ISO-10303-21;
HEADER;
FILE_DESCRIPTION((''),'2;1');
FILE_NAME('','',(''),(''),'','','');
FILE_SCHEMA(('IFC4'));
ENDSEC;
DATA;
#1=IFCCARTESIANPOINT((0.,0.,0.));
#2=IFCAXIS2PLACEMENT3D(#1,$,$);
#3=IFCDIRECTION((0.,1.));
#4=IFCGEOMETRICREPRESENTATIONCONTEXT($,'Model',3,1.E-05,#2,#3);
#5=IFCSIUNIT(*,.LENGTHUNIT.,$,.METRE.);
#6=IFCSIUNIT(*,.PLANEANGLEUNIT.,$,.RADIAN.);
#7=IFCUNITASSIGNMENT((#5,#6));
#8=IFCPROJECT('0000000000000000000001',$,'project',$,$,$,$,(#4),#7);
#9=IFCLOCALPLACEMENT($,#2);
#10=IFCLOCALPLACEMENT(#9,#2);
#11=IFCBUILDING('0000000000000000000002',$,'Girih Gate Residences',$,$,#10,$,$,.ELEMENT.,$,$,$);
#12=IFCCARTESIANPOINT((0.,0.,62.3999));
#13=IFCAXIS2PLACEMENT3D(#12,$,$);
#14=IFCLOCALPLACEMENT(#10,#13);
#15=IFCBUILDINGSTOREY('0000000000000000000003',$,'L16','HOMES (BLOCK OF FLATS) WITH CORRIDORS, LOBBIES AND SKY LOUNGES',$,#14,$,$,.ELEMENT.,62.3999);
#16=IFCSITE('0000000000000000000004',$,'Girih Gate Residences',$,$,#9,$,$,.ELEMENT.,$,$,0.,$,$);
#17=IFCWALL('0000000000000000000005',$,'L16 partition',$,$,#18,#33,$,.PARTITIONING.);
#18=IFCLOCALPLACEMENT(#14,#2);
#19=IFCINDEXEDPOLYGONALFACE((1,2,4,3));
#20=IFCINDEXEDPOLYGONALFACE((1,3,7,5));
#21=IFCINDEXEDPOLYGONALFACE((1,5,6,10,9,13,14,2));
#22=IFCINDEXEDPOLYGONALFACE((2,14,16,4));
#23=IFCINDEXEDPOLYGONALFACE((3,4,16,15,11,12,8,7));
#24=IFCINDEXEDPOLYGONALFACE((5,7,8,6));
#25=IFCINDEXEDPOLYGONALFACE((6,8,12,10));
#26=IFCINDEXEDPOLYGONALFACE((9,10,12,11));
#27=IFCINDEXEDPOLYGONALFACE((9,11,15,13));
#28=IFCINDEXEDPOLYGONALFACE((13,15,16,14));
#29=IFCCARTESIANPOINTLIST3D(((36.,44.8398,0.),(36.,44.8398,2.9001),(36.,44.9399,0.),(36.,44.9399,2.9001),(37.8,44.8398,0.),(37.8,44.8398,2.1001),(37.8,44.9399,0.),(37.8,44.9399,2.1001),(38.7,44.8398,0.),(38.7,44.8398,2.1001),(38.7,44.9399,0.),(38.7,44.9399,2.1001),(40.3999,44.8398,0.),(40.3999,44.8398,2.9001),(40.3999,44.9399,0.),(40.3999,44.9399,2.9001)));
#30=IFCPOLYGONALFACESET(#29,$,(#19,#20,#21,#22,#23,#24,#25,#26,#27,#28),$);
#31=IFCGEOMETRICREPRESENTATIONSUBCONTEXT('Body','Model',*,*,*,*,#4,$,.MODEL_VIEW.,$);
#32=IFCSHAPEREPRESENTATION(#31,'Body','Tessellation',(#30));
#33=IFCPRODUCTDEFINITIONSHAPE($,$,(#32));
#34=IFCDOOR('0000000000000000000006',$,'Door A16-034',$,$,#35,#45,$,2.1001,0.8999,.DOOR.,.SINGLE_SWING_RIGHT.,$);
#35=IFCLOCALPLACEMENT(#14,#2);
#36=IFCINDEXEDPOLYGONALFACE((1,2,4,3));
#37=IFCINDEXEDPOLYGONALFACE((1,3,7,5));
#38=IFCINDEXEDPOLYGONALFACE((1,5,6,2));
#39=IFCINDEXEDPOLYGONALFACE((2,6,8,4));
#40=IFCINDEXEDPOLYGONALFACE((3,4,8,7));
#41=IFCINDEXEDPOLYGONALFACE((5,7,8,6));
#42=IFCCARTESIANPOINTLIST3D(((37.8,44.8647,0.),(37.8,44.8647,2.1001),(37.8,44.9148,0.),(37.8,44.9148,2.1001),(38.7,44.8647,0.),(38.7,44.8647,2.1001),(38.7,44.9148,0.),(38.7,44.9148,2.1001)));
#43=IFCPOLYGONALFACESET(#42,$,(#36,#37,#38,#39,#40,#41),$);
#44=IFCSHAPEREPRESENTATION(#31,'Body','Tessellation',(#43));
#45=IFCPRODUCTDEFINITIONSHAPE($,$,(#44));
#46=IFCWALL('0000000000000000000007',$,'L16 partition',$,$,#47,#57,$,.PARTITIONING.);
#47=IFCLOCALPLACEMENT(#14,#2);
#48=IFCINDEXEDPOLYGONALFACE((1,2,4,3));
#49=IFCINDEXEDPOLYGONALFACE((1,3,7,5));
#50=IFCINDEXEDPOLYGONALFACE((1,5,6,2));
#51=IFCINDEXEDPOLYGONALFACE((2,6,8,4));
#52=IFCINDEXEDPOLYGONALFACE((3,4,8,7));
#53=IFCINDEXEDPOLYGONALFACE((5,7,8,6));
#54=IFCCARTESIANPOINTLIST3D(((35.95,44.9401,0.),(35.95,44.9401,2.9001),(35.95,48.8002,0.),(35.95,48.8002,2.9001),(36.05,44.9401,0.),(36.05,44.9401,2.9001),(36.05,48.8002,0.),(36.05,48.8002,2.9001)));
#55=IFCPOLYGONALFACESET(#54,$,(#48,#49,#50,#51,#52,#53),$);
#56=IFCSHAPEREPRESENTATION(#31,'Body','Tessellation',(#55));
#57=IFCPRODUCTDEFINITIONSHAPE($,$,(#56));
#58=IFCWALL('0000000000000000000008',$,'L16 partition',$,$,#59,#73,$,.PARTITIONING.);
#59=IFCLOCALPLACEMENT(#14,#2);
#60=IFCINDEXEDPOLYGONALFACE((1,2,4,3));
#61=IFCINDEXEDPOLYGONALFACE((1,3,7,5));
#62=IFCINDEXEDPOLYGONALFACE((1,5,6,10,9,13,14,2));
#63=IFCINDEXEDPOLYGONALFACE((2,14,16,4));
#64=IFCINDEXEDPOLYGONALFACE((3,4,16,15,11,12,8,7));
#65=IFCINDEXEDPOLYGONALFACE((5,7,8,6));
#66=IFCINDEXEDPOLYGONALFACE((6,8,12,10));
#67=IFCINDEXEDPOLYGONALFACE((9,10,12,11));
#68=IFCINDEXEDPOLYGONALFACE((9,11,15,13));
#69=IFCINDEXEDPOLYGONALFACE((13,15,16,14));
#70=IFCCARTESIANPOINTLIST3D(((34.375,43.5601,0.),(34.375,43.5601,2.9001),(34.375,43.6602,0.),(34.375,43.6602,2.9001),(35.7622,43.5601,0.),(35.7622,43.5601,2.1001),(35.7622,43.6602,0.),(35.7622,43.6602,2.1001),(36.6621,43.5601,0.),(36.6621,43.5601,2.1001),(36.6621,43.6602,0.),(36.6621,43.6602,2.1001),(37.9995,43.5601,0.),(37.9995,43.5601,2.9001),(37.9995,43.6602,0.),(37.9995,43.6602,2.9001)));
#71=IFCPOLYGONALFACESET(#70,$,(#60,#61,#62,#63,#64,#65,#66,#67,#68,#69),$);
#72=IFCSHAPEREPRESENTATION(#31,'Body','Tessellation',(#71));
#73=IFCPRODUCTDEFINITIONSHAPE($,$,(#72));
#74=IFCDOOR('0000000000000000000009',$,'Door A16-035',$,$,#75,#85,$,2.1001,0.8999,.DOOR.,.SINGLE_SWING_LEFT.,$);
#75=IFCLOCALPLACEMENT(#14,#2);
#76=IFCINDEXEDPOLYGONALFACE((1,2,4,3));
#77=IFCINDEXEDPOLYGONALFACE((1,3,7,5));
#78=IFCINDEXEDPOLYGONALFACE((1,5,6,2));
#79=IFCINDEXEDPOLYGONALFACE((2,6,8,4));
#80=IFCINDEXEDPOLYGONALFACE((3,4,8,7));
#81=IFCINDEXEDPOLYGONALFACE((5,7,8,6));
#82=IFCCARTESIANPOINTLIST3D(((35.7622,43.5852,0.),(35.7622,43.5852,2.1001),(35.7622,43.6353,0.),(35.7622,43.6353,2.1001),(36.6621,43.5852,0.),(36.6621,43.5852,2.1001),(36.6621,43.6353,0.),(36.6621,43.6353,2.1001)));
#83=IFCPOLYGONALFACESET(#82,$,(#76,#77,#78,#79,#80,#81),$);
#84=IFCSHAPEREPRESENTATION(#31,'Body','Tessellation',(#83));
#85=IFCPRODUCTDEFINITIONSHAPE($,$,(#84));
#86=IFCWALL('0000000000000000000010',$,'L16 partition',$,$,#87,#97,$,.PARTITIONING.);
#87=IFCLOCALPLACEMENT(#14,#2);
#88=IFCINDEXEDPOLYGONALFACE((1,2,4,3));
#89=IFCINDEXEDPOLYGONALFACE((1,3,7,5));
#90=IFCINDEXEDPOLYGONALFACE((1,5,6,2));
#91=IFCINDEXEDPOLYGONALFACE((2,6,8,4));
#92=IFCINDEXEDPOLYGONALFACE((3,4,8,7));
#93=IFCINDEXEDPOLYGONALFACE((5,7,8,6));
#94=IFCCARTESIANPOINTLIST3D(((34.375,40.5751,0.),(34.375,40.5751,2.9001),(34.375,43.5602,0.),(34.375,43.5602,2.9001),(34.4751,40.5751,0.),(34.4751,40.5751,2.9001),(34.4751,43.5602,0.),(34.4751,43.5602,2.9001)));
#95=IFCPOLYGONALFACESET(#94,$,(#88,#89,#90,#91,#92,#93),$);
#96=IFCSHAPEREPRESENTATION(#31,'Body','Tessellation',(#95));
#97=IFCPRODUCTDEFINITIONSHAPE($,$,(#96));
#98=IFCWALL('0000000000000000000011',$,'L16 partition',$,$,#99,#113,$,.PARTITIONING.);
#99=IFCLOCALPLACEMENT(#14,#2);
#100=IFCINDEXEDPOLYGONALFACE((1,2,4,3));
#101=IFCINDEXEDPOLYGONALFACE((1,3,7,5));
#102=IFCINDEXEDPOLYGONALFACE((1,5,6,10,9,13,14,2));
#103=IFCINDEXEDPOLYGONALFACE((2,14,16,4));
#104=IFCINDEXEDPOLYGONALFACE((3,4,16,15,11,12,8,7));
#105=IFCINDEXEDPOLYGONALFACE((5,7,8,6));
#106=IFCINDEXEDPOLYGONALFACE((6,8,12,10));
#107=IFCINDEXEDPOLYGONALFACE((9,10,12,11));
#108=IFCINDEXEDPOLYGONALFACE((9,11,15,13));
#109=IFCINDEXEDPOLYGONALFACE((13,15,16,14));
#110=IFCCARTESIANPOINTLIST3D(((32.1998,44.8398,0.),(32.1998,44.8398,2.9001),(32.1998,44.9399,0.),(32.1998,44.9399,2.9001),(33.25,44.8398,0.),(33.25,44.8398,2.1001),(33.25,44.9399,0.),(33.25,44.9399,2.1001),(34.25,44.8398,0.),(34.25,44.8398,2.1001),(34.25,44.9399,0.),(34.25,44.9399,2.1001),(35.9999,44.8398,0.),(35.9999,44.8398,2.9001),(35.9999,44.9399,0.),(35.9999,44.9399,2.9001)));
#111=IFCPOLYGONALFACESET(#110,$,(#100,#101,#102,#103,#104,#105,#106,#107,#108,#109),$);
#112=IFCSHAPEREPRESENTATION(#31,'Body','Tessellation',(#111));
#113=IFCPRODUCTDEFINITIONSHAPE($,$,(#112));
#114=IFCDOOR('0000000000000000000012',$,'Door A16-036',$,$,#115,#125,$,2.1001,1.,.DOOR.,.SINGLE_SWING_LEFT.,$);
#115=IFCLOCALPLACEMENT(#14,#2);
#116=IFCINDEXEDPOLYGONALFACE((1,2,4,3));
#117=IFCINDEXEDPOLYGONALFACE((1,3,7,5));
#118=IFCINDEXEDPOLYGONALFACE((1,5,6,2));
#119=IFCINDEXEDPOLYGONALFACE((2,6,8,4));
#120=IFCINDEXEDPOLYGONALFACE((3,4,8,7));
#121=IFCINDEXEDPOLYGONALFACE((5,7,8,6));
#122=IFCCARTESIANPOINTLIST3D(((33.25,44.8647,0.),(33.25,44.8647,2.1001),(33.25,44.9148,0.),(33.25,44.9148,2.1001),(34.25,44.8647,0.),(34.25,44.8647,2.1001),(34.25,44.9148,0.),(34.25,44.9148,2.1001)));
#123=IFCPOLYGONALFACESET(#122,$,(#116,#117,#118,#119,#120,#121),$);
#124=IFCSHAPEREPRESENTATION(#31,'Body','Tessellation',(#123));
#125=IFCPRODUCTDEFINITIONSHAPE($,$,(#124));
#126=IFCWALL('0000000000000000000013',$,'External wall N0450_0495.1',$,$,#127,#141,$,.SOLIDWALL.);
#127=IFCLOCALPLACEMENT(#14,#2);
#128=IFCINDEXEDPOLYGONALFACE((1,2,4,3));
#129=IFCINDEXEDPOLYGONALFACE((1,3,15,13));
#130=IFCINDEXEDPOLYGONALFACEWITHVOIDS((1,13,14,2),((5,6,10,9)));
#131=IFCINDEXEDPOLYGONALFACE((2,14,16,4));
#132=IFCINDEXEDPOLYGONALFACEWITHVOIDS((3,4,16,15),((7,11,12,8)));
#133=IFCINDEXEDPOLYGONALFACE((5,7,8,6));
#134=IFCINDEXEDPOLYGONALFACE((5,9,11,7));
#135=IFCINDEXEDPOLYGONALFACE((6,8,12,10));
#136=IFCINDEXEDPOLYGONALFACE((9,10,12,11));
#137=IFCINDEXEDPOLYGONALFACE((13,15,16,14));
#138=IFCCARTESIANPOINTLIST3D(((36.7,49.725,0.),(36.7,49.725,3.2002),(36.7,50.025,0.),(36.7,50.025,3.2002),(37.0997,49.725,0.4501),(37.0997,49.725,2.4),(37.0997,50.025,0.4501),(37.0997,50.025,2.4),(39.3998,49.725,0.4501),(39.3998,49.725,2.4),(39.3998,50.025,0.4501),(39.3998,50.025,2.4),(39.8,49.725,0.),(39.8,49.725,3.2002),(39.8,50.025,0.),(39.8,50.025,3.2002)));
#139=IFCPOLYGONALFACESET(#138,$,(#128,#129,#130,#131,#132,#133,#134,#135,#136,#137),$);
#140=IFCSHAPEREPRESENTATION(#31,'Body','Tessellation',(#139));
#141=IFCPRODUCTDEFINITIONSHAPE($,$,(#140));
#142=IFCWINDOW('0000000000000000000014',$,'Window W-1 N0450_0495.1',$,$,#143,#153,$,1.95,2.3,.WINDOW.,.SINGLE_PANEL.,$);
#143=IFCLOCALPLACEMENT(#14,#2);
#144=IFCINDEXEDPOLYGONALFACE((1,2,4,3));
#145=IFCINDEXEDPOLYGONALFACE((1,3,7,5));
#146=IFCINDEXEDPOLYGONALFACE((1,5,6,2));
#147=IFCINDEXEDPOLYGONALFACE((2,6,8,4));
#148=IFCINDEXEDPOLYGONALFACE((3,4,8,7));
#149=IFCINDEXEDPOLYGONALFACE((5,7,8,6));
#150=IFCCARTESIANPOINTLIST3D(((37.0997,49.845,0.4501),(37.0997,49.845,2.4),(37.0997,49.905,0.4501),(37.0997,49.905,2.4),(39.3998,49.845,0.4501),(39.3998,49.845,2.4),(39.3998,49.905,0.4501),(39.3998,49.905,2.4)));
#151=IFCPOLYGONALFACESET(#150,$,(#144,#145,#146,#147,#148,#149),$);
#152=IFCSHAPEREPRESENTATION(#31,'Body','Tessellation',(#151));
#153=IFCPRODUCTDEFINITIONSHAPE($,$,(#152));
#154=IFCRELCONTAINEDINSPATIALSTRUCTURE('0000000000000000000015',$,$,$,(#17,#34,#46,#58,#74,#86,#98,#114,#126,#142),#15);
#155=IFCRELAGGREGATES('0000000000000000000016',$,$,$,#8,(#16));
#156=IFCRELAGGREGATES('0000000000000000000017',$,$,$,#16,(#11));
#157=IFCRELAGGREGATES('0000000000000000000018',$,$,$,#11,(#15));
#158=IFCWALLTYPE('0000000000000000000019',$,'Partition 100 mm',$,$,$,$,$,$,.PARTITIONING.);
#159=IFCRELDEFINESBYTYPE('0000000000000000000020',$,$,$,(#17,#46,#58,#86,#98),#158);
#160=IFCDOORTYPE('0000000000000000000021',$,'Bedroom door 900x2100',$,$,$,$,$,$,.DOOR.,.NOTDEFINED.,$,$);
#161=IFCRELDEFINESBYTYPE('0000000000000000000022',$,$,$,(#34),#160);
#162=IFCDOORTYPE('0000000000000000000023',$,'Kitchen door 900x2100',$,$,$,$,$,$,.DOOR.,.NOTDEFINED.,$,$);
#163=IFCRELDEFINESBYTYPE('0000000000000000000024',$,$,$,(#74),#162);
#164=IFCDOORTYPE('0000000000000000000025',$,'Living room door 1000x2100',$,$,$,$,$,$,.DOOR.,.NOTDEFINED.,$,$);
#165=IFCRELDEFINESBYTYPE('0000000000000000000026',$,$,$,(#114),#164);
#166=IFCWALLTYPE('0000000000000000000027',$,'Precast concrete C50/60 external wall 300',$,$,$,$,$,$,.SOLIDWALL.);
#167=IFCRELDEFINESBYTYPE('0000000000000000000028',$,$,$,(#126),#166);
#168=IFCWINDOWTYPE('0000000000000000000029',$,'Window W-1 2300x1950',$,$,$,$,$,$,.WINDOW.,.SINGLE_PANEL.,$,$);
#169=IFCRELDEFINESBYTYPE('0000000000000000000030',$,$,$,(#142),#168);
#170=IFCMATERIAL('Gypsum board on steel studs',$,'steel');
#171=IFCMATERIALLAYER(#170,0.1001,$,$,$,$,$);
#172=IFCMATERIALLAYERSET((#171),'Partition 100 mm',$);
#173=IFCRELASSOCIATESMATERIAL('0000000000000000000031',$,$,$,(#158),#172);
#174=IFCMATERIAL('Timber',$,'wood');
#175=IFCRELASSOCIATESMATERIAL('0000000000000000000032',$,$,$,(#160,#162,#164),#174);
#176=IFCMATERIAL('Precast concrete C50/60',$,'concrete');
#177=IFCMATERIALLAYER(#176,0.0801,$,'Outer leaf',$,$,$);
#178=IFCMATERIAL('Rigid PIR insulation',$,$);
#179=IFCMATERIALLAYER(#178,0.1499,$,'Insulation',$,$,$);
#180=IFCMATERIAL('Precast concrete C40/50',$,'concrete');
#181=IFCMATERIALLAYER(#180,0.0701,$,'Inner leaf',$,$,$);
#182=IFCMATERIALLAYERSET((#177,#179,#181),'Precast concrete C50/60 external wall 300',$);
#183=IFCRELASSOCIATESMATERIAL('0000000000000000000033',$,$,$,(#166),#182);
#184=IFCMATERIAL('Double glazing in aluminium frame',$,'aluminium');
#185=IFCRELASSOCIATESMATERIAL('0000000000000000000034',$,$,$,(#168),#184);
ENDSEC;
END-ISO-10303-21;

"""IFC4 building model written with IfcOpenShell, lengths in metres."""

from ifc_helpers import new_model, si_unit, direction, frame, frame_2d, origin, place, context, subcontext, project, spatial, rectangle, extrude, material, layer, layer_set, type_object, element, fill, save


model = new_model("IFC4")

# Units and contexts
model_context = context("Model", 3, precision=1e-05, world=origin(), true_north=direction((0.0, 1.0)))
body_context = subcontext(model_context, "Body", "Model", "MODEL_VIEW")
ifc_project = project(units=[si_unit("LENGTHUNIT", "METRE"), si_unit("PLANEANGLEUNIT", "RADIAN")], contexts=[model_context])

# Site, building, storey
site_placement = place(None, origin())
site = spatial("IfcSite", under=ifc_project, at=site_placement, Name="Girih Gate Residences", CompositionType="ELEMENT", RefElevation=0.0)
building_placement = place(site_placement, origin())
building = spatial("IfcBuilding", under=site, at=building_placement, Name="Girih Gate Residences", CompositionType="ELEMENT")
storey_placement = place(building_placement, frame((0.0, 0.0, 62.3999)))
storey = spatial("IfcBuildingStorey", under=building, at=storey_placement, Name="L16", Description="HOMES (BLOCK OF FLATS) WITH CORRIDORS, LOBBIES AND SKY LOUNGES", CompositionType="ELEMENT", Elevation=62.3999)

# Shared definitions
ifc_material_1 = material(Name="Gypsum board on steel studs", Category="steel")

# Wall, opening, door
ifc_layer_1 = layer(ifc_material_1, 0.1001)
ifc_layer_set_1 = layer_set([ifc_layer_1], Name="Partition 100 mm")
wall_type_1 = type_object("IfcWallType", Name="Partition 100 mm", PredefinedType="PARTITIONING", material=ifc_layer_set_1)
wall_1_placement = place(storey_placement, frame((36.0, 44.8899, 0.0), z_axis=(0.0, 0.0, 1.0), x_axis=(1.0, 0.0, 0.0)))
wall_1 = element("IfcWall", 1, at=wall_1_placement, inside=storey, type_object=wall_type_1, Name="L16 partition", PredefinedType="PARTITIONING", context=body_context, shape_type="SweptSolid", body=[
    extrude(rectangle(XDim=4.3999, YDim=0.1001, at=frame_2d((2.2, 0.0))), origin(), (0.0, 0.0, 1.0), 2.9001),
])
opening_1_placement = place(wall_1_placement, frame((1.8, 0.0, 0.0)))
opening_1 = element("IfcOpeningElement", 2, at=opening_1_placement, cuts=wall_1, PredefinedType="OPENING", context=body_context, shape_type="SweptSolid", body=[
    extrude(rectangle(XDim=0.8999, YDim=2.1001, at=frame_2d((0.45, 1.05))), frame((0.0, 0.0601, 0.0), z_axis=(0.0, -1.0, 0.0), x_axis=(1.0, 0.0, 0.0)), (0.0, 0.0, 1.0), 0.1201),
])
ifc_material_2 = material(Name="Timber", Category="wood")
door_type_1 = type_object("IfcDoorType", Name="Bedroom door 900x2100", OperationType="NOTDEFINED", PredefinedType="DOOR", material=ifc_material_2)
door_1_placement = place(opening_1_placement, origin())
door_1 = element("IfcDoor", 3, at=door_1_placement, inside=storey, type_object=door_type_1, Name="Door A16-034", OperationType="SINGLE_SWING_RIGHT", OverallHeight=2.1001, OverallWidth=0.8999, PredefinedType="DOOR", context=body_context, shape_type="SweptSolid", body=[
    extrude(rectangle(XDim=0.8999, YDim=2.1001, at=frame_2d((0.45, 1.05))), frame((0.0, 0.0249, 0.0), z_axis=(0.0, -1.0, 0.0), x_axis=(1.0, 0.0, 0.0)), (0.0, 0.0, 1.0), 0.05),
])
fill(opening_1, door_1)

# Wall
wall_2_placement = place(storey_placement, frame((36.0, 44.9399, 0.0), z_axis=(0.0, 0.0, 1.0), x_axis=(0.0, 1.0, 0.0)))
element("IfcWall", 4, at=wall_2_placement, inside=storey, type_object=wall_type_1, Name="L16 partition", PredefinedType="PARTITIONING", context=body_context, shape_type="SweptSolid", body=[
    extrude(rectangle(XDim=3.8601, YDim=0.1001, at=frame_2d((1.9302, 0.0))), origin(), (0.0, 0.0, 1.0), 2.9001),
])

# Wall, opening, door
wall_3_placement = place(storey_placement, frame((37.9995, 43.6101, 0.0), z_axis=(0.0, 0.0, 1.0), x_axis=(-1.0, 0.0, 0.0)))
wall_3 = element("IfcWall", 5, at=wall_3_placement, inside=storey, type_object=wall_type_1, Name="L16 partition", PredefinedType="PARTITIONING", context=body_context, shape_type="SweptSolid", body=[
    extrude(rectangle(XDim=3.6245, YDim=0.1001, at=frame_2d((1.8123, 0.0))), origin(), (0.0, 0.0, 1.0), 2.9001),
])
opening_2_placement = place(wall_3_placement, frame((1.3374, 0.0, 0.0)))
opening_2 = element("IfcOpeningElement", 6, at=opening_2_placement, cuts=wall_3, PredefinedType="OPENING", context=body_context, shape_type="SweptSolid", body=[
    extrude(rectangle(XDim=0.8999, YDim=2.1001, at=frame_2d((0.45, 1.05))), frame((0.0, 0.0601, 0.0), z_axis=(0.0, -1.0, 0.0), x_axis=(1.0, 0.0, 0.0)), (0.0, 0.0, 1.0), 0.1201),
])
door_type_2 = type_object("IfcDoorType", Name="Kitchen door 900x2100", OperationType="NOTDEFINED", PredefinedType="DOOR", material=ifc_material_2)
door_2_placement = place(opening_2_placement, origin())
door_2 = element("IfcDoor", 7, at=door_2_placement, inside=storey, type_object=door_type_2, Name="Door A16-035", OperationType="SINGLE_SWING_LEFT", OverallHeight=2.1001, OverallWidth=0.8999, PredefinedType="DOOR", context=body_context, shape_type="SweptSolid", body=[
    extrude(rectangle(XDim=0.8999, YDim=2.1001, at=frame_2d((0.45, 1.05))), frame((0.0, 0.0249, 0.0), z_axis=(0.0, -1.0, 0.0), x_axis=(1.0, 0.0, 0.0)), (0.0, 0.0, 1.0), 0.05),
])
fill(opening_2, door_2)

# Wall
wall_4_placement = place(storey_placement, frame((34.425, 40.575, 0.0), z_axis=(0.0, 0.0, 1.0), x_axis=(0.0, 1.0, 0.0)))
element("IfcWall", 8, at=wall_4_placement, inside=storey, type_object=wall_type_1, Name="L16 partition", PredefinedType="PARTITIONING", context=body_context, shape_type="SweptSolid", body=[
    extrude(rectangle(XDim=2.9851, YDim=0.1001, at=frame_2d((1.4927, 0.0))), origin(), (0.0, 0.0, 1.0), 2.9001),
])

# Wall, opening, door
wall_5_placement = place(storey_placement, frame((32.2, 44.8899, 0.0), z_axis=(0.0, 0.0, 1.0), x_axis=(1.0, 0.0, 0.0)))
wall_5 = element("IfcWall", 9, at=wall_5_placement, inside=storey, type_object=wall_type_1, Name="L16 partition", PredefinedType="PARTITIONING", context=body_context, shape_type="SweptSolid", body=[
    extrude(rectangle(XDim=3.8, YDim=0.1001, at=frame_2d((1.8999, 0.0))), origin(), (0.0, 0.0, 1.0), 2.9001),
])
opening_3_placement = place(wall_5_placement, frame((1.05, 0.0, 0.0)))
opening_3 = element("IfcOpeningElement", 10, at=opening_3_placement, cuts=wall_5, PredefinedType="OPENING", context=body_context, shape_type="SweptSolid", body=[
    extrude(rectangle(XDim=1.0, YDim=2.1001, at=frame_2d((0.5, 1.05))), frame((0.0, 0.0601, 0.0), z_axis=(0.0, -1.0, 0.0), x_axis=(1.0, 0.0, 0.0)), (0.0, 0.0, 1.0), 0.1201),
])
door_type_3 = type_object("IfcDoorType", Name="Living room door 1000x2100", OperationType="NOTDEFINED", PredefinedType="DOOR", material=ifc_material_2)
door_3_placement = place(opening_3_placement, origin())
door_3 = element("IfcDoor", 11, at=door_3_placement, inside=storey, type_object=door_type_3, Name="Door A16-036", OperationType="SINGLE_SWING_LEFT", OverallHeight=2.1001, OverallWidth=1.0, PredefinedType="DOOR", context=body_context, shape_type="SweptSolid", body=[
    extrude(rectangle(XDim=1.0, YDim=2.1001, at=frame_2d((0.5, 1.05))), frame((0.0, 0.0249, 0.0), z_axis=(0.0, -1.0, 0.0), x_axis=(1.0, 0.0, 0.0)), (0.0, 0.0, 1.0), 0.05),
])
fill(opening_3, door_3)

# Wall, opening, window
ifc_material_3 = material(Name="Precast concrete C50/60", Category="concrete")
ifc_layer_2 = layer(ifc_material_3, 0.0801, Name="Outer leaf")
ifc_material_4 = material(Name="Rigid PIR insulation")
ifc_layer_3 = layer(ifc_material_4, 0.1499, Name="Insulation")
ifc_material_5 = material(Name="Precast concrete C40/50", Category="concrete")
ifc_layer_4 = layer(ifc_material_5, 0.0701, Name="Inner leaf")
ifc_layer_set_2 = layer_set([ifc_layer_2, ifc_layer_3, ifc_layer_4], Name="Precast concrete C50/60 external wall 300")
wall_type_2 = type_object("IfcWallType", Name="Precast concrete C50/60 external wall 300", PredefinedType="SOLIDWALL", material=ifc_layer_set_2)
wall_6_placement = place(storey_placement, frame((36.7, 49.875, 0.0), z_axis=(0.0, 0.0, 1.0), x_axis=(1.0, 0.0, 0.0)))
wall_6 = element("IfcWall", 12, at=wall_6_placement, inside=storey, type_object=wall_type_2, Name="External wall N0450_0495.1", PredefinedType="SOLIDWALL", context=body_context, shape_type="SweptSolid", body=[
    extrude(rectangle(XDim=3.1001, YDim=0.3, at=frame_2d((1.55, 0.0))), origin(), (0.0, 0.0, 1.0), 3.2002),
])
opening_4_placement = place(wall_6_placement, frame((0.3999, 0.0, 0.45)))
opening_4 = element("IfcOpeningElement", 13, at=opening_4_placement, cuts=wall_6, PredefinedType="OPENING", context=body_context, shape_type="SweptSolid", body=[
    extrude(rectangle(XDim=2.3, YDim=1.95, at=frame_2d((1.1499, 0.9751))), frame((0.0, 0.1599, 0.0), z_axis=(0.0, -1.0, 0.0), x_axis=(1.0, 0.0, 0.0)), (0.0, 0.0, 1.0), 0.3201),
])
ifc_material_6 = material(Name="Double glazing in aluminium frame", Category="aluminium")
window_type = type_object("IfcWindowType", Name="Window W-1 2300x1950", PartitioningType="SINGLE_PANEL", PredefinedType="WINDOW", material=ifc_material_6)
window_1_placement = place(opening_4_placement, origin())
window_1 = element("IfcWindow", 14, at=window_1_placement, inside=storey, type_object=window_type, Name="Window W-1 N0450_0495.1", OverallHeight=1.95, OverallWidth=2.3, PartitioningType="SINGLE_PANEL", PredefinedType="WINDOW", context=body_context, shape_type="SweptSolid", body=[
    extrude(rectangle(XDim=2.3, YDim=1.95, at=frame_2d((1.1499, 0.9751))), frame((0.0, 0.03, 0.0), z_axis=(0.0, -1.0, 0.0), x_axis=(1.0, 0.0, 0.0)), (0.0, 0.0, 1.0), 0.0601),
])
fill(opening_4, window_1)

save(model, "model.ifc")
